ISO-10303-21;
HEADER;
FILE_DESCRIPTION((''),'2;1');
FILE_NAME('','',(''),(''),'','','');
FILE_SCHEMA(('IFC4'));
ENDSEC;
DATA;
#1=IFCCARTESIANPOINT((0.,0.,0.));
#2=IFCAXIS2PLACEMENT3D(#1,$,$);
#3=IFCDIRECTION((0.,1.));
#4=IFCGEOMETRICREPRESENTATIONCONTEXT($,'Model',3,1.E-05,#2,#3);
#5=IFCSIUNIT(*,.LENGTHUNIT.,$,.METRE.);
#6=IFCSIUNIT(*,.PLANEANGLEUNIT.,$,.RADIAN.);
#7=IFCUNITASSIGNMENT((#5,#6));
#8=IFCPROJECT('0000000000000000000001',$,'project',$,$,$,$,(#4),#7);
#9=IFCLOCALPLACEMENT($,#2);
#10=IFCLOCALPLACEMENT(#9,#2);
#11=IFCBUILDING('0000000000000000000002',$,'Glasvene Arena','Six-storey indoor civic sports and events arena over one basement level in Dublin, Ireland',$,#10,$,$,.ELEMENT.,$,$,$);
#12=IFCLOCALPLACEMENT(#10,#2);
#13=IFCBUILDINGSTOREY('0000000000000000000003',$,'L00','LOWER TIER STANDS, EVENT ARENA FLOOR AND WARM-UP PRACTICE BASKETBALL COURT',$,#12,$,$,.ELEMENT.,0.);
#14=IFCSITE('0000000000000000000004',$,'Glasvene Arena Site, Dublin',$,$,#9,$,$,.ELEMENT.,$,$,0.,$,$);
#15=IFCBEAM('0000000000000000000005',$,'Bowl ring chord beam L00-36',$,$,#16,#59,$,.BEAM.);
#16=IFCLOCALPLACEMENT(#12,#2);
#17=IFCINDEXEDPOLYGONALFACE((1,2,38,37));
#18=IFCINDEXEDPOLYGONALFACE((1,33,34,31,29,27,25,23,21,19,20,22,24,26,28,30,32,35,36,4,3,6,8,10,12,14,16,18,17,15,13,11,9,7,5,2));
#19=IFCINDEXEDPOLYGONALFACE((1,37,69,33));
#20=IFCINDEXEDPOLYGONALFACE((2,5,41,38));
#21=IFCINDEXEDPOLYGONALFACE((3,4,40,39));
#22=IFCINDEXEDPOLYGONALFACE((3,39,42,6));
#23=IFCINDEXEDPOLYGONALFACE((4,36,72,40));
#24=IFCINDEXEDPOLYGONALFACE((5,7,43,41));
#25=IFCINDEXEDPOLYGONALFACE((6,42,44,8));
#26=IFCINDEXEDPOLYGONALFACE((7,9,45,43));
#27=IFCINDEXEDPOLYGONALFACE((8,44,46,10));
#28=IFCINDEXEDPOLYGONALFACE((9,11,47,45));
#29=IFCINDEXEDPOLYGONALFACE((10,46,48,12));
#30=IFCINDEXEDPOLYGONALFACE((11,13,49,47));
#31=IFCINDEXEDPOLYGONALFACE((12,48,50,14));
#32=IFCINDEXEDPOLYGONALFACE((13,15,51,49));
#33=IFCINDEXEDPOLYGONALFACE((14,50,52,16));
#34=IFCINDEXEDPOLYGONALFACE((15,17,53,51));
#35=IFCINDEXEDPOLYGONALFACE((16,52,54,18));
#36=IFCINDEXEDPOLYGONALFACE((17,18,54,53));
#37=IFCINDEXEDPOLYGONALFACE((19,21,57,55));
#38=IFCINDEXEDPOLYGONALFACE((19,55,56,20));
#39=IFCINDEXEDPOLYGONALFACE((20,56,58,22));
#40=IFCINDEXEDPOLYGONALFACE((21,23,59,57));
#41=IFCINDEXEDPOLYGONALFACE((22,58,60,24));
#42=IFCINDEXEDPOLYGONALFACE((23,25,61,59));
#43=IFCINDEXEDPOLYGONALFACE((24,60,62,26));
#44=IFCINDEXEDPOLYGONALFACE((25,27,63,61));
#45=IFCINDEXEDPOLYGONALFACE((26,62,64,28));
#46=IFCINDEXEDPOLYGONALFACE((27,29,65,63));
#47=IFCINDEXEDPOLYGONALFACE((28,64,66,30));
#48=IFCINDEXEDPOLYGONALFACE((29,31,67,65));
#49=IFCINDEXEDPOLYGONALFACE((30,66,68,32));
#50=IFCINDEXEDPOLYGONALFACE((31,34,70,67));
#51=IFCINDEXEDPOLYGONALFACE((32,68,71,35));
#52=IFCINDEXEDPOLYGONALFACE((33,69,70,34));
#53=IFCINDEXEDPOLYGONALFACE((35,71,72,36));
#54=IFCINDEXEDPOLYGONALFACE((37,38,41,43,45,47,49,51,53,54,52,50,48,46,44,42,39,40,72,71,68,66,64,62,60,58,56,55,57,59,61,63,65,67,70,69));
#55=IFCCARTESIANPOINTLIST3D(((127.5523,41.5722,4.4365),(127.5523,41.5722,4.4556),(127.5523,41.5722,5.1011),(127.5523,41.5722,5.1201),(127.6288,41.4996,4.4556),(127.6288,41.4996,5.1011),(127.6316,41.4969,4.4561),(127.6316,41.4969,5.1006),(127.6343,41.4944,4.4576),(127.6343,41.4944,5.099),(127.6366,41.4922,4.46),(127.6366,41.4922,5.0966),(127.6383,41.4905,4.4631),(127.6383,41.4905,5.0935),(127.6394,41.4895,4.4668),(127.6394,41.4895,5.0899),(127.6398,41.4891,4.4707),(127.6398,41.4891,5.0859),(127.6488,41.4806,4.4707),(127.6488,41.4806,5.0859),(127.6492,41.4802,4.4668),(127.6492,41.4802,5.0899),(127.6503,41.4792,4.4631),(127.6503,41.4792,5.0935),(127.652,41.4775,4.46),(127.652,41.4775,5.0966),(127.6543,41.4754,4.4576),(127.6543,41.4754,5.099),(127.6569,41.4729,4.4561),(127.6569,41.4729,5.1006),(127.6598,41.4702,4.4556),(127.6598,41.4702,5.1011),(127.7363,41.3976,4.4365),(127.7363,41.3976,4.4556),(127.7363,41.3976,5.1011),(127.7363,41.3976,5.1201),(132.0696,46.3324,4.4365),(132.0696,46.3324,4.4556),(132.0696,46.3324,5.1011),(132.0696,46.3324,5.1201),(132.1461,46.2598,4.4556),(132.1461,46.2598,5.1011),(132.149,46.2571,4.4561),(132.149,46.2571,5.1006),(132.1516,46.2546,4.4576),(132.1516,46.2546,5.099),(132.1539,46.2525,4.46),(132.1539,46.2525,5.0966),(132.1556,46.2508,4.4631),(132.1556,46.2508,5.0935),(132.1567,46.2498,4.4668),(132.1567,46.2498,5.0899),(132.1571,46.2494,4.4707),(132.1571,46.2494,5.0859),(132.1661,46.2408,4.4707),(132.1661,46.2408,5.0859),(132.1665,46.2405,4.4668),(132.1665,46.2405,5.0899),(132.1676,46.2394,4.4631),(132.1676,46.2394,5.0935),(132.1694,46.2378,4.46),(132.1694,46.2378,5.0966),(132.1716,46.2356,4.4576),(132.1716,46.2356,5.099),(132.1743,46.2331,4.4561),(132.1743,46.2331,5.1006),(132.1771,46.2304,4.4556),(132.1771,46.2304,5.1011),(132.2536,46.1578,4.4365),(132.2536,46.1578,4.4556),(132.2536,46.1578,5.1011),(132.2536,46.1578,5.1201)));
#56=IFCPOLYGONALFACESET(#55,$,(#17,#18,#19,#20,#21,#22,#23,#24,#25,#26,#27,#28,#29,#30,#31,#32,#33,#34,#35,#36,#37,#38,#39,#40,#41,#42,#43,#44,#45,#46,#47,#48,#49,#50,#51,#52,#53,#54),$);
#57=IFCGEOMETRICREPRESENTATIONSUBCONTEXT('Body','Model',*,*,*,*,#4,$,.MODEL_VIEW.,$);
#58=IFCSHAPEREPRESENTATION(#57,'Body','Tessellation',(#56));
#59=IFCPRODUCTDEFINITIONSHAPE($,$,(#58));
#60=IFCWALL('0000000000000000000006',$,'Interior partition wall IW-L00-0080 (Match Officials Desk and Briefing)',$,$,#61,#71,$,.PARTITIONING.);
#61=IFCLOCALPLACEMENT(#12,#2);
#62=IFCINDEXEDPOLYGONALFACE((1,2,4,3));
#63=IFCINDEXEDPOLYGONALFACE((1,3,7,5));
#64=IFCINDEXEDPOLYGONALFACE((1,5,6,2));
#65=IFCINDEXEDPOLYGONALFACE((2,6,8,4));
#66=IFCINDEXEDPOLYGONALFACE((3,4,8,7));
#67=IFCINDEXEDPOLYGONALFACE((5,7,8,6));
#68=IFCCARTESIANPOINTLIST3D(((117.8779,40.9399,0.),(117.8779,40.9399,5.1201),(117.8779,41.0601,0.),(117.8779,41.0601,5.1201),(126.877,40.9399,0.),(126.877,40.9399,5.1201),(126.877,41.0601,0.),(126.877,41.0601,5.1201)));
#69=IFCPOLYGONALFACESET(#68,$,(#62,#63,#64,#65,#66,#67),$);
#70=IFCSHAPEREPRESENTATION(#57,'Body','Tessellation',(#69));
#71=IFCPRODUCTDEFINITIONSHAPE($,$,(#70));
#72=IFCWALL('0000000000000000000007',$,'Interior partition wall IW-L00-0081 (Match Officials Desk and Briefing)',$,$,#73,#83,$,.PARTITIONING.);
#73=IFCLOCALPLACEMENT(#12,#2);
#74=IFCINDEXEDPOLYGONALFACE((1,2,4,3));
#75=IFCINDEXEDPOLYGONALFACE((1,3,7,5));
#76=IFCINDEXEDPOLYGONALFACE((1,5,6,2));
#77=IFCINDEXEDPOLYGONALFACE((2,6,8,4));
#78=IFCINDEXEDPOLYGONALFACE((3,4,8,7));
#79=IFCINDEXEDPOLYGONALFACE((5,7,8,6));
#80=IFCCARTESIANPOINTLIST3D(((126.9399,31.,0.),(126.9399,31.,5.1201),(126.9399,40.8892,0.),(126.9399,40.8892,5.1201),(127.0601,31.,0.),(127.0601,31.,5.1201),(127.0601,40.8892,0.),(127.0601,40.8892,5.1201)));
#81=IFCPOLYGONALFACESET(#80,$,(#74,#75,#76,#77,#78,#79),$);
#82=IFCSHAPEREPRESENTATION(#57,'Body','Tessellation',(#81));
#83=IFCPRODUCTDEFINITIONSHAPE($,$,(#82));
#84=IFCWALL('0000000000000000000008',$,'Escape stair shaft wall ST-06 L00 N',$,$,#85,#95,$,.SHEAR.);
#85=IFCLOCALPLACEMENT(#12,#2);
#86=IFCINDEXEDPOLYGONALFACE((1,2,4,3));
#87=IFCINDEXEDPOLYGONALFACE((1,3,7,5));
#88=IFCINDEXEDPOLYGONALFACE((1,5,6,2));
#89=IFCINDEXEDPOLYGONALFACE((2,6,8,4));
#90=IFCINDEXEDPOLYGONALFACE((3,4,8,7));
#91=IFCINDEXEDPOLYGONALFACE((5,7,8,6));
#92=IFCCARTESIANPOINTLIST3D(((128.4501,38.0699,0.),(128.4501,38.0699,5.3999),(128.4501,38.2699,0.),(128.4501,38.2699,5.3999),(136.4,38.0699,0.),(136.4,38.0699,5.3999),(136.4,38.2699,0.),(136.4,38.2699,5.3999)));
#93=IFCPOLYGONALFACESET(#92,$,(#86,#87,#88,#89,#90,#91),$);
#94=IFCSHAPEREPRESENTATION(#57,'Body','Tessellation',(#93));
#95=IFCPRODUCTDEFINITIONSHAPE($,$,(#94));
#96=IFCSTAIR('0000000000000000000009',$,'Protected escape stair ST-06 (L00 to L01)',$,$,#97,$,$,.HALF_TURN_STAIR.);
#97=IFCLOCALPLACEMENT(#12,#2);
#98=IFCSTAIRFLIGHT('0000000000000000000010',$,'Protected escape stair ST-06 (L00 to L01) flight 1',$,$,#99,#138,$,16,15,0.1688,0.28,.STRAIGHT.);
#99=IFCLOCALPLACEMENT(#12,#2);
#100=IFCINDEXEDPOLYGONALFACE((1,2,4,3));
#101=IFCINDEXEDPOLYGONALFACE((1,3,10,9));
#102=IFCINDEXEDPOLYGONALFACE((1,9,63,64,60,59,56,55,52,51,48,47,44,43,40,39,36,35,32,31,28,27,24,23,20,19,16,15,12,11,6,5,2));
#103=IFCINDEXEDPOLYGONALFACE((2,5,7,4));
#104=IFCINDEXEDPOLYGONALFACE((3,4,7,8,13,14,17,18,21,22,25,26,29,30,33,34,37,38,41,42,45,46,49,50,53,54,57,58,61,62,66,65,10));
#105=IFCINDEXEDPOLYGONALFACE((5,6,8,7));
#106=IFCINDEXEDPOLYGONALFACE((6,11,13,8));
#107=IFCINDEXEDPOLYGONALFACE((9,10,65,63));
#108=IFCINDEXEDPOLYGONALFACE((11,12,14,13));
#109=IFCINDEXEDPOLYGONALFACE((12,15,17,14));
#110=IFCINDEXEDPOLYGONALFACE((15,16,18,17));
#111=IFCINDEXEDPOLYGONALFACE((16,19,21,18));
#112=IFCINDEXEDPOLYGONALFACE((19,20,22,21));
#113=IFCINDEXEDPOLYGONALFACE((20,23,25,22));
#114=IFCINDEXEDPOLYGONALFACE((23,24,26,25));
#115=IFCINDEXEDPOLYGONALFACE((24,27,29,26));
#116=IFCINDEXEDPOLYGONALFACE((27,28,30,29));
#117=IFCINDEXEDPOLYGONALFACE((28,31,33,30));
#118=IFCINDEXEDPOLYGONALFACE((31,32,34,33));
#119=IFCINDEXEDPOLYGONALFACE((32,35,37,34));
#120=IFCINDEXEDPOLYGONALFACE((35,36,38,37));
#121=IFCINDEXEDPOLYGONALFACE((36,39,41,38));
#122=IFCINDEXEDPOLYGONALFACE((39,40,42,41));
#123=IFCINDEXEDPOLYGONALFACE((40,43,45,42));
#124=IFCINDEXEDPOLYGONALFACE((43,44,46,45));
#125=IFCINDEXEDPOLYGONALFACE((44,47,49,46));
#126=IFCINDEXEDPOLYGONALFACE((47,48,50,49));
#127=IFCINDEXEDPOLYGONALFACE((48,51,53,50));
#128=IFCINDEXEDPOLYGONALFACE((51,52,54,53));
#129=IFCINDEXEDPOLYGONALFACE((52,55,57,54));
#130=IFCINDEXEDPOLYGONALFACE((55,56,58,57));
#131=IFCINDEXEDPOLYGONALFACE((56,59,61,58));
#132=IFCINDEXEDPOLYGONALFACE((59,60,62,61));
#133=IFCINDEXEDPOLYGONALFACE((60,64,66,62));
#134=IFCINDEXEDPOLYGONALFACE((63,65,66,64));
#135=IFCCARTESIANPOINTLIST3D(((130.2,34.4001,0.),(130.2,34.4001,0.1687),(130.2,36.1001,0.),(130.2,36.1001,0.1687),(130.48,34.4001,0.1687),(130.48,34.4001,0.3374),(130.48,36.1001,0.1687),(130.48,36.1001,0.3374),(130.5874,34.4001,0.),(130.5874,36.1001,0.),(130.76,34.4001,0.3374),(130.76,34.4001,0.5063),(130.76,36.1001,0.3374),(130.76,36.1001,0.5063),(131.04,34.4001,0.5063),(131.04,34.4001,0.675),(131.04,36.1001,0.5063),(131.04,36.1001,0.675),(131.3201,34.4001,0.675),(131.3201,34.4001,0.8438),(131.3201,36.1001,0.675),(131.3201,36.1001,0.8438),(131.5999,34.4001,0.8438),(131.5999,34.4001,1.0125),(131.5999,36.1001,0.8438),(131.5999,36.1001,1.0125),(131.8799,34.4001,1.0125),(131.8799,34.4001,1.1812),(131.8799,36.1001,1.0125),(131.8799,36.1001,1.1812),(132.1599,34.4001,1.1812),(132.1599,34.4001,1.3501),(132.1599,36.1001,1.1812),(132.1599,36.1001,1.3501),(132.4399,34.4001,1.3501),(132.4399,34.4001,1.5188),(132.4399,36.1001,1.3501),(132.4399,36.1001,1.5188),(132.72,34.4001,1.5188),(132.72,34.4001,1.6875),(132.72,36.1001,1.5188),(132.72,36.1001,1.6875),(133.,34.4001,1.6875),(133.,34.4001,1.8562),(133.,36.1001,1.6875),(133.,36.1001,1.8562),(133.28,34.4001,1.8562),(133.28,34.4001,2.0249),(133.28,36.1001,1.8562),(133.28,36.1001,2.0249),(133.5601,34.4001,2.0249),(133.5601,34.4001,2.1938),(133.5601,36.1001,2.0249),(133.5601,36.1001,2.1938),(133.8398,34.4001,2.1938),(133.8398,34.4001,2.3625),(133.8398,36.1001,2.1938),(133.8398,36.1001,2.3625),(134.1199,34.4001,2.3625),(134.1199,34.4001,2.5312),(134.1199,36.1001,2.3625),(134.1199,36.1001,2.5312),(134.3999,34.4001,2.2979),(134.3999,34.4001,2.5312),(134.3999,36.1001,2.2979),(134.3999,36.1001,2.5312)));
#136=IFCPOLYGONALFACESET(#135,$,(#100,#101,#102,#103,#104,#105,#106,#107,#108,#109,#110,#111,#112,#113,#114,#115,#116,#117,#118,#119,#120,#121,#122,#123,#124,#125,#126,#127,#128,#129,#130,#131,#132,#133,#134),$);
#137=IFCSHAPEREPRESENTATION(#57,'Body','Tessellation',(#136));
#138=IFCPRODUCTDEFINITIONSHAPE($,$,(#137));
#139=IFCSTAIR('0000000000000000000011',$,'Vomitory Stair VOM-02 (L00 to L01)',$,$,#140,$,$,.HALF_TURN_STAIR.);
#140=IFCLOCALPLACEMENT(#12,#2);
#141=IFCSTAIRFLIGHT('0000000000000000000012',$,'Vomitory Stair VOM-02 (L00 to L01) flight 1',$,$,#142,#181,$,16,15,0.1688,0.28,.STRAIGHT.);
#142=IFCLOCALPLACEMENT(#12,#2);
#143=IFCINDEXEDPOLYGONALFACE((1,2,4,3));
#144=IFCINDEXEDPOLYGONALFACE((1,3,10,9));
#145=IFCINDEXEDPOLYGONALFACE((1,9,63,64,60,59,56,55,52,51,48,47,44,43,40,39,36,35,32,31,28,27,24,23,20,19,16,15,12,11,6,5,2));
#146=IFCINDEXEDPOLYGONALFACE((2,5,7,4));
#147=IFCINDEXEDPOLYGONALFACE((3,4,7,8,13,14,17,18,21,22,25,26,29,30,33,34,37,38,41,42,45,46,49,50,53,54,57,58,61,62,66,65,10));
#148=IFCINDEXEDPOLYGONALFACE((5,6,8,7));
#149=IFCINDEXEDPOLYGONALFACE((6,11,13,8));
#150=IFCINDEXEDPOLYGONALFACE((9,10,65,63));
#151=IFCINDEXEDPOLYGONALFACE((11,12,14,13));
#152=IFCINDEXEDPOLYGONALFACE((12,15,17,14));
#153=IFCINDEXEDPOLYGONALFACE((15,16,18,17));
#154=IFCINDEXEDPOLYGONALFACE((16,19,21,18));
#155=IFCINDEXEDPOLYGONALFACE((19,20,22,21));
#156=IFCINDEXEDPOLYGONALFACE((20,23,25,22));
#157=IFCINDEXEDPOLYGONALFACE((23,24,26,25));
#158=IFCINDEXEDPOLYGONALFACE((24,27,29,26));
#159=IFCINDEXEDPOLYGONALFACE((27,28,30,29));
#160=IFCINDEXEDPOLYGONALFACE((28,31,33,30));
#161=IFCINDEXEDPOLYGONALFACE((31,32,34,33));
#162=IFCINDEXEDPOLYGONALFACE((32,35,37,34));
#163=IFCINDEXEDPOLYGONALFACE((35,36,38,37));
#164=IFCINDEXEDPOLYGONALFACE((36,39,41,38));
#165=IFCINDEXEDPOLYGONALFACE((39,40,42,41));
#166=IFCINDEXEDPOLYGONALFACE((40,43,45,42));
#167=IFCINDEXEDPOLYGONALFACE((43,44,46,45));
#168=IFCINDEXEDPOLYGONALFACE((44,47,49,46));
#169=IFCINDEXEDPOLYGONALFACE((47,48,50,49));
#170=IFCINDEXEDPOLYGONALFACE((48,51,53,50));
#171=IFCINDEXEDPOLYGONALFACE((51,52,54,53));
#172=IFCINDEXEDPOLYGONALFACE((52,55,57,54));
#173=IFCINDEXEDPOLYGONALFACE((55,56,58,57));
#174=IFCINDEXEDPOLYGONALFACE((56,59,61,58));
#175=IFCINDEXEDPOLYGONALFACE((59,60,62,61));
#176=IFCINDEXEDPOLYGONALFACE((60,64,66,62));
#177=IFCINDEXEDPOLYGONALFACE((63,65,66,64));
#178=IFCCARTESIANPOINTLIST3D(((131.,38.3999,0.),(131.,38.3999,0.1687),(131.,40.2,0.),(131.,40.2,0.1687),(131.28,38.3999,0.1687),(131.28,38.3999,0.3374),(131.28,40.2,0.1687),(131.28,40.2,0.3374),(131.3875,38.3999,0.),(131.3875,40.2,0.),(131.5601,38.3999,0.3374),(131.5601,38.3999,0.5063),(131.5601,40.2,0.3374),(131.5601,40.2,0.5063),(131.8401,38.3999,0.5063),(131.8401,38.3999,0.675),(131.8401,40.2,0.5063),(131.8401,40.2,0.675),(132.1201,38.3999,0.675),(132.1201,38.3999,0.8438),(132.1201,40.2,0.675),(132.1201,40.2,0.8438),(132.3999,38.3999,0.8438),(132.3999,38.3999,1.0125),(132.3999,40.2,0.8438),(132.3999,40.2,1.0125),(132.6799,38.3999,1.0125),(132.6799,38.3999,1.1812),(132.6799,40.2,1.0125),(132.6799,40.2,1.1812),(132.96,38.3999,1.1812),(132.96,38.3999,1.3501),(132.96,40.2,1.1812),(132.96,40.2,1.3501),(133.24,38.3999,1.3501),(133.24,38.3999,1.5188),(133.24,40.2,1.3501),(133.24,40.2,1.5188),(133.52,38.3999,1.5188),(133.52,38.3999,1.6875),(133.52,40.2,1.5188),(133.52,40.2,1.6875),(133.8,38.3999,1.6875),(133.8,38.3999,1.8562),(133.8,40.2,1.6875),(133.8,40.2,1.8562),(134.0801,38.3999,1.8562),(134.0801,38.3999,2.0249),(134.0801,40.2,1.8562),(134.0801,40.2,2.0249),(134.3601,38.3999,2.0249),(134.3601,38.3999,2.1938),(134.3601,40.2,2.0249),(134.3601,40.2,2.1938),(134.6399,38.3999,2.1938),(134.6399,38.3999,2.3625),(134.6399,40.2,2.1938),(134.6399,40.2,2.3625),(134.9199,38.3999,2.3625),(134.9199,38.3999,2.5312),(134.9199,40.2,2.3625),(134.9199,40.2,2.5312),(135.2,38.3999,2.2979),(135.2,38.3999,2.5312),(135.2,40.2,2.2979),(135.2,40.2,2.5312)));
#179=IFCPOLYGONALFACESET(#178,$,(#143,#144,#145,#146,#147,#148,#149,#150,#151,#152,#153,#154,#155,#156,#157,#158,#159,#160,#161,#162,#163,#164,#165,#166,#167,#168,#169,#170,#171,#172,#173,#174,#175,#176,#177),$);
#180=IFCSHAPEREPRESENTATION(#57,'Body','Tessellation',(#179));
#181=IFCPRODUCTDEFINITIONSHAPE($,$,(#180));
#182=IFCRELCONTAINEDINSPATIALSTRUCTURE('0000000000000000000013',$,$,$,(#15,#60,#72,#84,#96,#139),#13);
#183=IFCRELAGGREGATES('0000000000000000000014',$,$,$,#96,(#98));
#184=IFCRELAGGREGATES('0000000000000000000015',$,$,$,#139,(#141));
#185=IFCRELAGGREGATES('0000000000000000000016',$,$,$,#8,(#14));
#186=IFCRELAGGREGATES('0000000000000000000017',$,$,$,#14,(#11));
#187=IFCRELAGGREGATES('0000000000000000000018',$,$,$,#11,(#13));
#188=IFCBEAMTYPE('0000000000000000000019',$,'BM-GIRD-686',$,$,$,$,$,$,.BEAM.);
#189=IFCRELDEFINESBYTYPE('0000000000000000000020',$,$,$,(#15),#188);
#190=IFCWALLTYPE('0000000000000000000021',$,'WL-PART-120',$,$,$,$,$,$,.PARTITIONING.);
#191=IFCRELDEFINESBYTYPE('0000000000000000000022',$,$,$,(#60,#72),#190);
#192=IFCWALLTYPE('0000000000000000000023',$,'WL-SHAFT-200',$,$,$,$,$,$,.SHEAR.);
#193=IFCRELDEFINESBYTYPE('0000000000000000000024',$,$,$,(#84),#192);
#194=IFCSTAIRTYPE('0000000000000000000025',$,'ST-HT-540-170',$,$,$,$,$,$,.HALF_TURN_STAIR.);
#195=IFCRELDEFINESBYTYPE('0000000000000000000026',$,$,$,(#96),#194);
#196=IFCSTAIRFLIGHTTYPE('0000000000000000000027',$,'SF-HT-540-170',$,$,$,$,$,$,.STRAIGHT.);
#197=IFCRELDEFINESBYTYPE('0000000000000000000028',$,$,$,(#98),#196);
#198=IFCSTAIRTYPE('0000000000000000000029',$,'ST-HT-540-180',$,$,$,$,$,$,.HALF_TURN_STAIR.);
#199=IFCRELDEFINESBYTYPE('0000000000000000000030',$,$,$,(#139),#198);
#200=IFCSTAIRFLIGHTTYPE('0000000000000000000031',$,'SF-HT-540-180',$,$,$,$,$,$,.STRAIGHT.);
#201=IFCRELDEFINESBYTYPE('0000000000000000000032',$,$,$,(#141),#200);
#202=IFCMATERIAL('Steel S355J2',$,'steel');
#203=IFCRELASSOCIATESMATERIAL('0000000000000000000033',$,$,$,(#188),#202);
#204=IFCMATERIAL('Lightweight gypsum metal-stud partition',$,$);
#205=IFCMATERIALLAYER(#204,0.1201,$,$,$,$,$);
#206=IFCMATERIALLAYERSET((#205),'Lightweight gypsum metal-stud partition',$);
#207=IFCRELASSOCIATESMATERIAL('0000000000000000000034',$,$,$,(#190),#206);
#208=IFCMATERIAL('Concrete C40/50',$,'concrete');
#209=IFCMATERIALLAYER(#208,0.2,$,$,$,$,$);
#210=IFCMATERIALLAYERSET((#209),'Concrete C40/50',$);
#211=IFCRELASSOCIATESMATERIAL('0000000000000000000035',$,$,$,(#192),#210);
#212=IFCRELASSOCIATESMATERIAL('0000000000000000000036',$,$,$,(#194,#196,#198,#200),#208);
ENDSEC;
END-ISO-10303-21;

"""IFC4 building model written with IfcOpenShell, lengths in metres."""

from ifc_helpers import new_model, si_unit, direction, frame, frame_2d, origin, origin_2d, place, context, subcontext, project, spatial, polyline, rectangle, i_section, outline, extrude, material, layer, layer_set, material_profile, profile_set, type_object, element, aggregate, save


model = new_model("IFC4")

# Units and contexts
model_context = context("Model", 3, precision=1e-05, world=origin(), true_north=direction((0.0, 1.0)))
body_context = subcontext(model_context, "Body", "Model", "MODEL_VIEW")
ifc_project = project(units=[si_unit("LENGTHUNIT", "METRE"), si_unit("PLANEANGLEUNIT", "RADIAN")], contexts=[model_context])

# Site, building, storey
site_placement = place(None, origin())
site = spatial("IfcSite", under=ifc_project, at=site_placement, Name="Glasvene Arena Site, Dublin", CompositionType="ELEMENT", RefElevation=0.0)
building_placement = place(site_placement, origin())
building = spatial("IfcBuilding", under=site, at=building_placement, Name="Glasvene Arena", Description="Six-storey indoor civic sports and events arena over one basement level in Dublin, Ireland", CompositionType="ELEMENT")
storey_placement = place(building_placement, origin())
storey = spatial("IfcBuildingStorey", under=building, at=storey_placement, Name="L00", Description="LOWER TIER STANDS, EVENT ARENA FLOOR AND WARM-UP PRACTICE BASKETBALL COURT", CompositionType="ELEMENT", Elevation=0.0)

# Shared definitions
ifc_material_1 = material(Name="Concrete C40/50", Category="concrete")
ifc_material_2 = material(Name="Steel S355J2", Category="steel")

# Beam
ifc_material_profile_1 = material_profile(ifc_material_2, i_section(OverallWidth=0.2537, OverallDepth=0.6836, WebThickness=0.0125, FlangeThickness=0.019, FilletRadius=0.0151, at=origin_2d()), Name="UKB 686x254x140")
ifc_profile_set_1 = profile_set([ifc_material_profile_1], Name="Steel S355J2")
beam_type = type_object("IfcBeamType", Name="BM-GIRD-686", PredefinedType="BEAM", material=ifc_profile_set_1)
beam_1_placement = place(storey_placement, frame((127.6443, 41.4849, 4.7783), z_axis=(0.688356, 0.725373, 0.0), x_axis=(-0.725373, 0.688356, 0.0)))
element("IfcBeam", 1, at=beam_1_placement, inside=storey, type_object=beam_type, Name="Bowl ring chord beam L00-36", PredefinedType="BEAM", context=body_context, shape_type="SweptSolid", body=[
    extrude(i_section(OverallWidth=0.2537, OverallDepth=0.6836, WebThickness=0.0125, FlangeThickness=0.019, FilletRadius=0.0151, at=origin_2d()), origin(), (0.0, 0.0, 1.0), 6.5625),
])

# Walls
ifc_material_3 = material(Name="Lightweight gypsum metal-stud partition")
ifc_layer_1 = layer(ifc_material_3, 0.1201)
ifc_layer_set_1 = layer_set([ifc_layer_1], Name="Lightweight gypsum metal-stud partition")
wall_type_1 = type_object("IfcWallType", Name="WL-PART-120", PredefinedType="PARTITIONING", material=ifc_layer_set_1)
wall_1_placement = place(storey_placement, frame((117.8779, 41.0, 0.0), z_axis=(0.0, 0.0, 1.0), x_axis=(1.0, 0.0, 0.0)))
element("IfcWall", 2, at=wall_1_placement, inside=storey, type_object=wall_type_1, Name="Interior partition wall IW-L00-0080 (Match Officials Desk and Briefing)", PredefinedType="PARTITIONING", context=body_context, shape_type="SweptSolid", body=[
    extrude(rectangle(XDim=8.999, YDim=0.1201, at=frame_2d((4.4995, 0.0))), origin(), (0.0, 0.0, 1.0), 5.1201),
])
wall_2_placement = place(storey_placement, frame((127.0, 40.8892, 0.0), z_axis=(0.0, 0.0, 1.0), x_axis=(0.0, -1.0, 0.0)))
element("IfcWall", 3, at=wall_2_placement, inside=storey, type_object=wall_type_1, Name="Interior partition wall IW-L00-0081 (Match Officials Desk and Briefing)", PredefinedType="PARTITIONING", context=body_context, shape_type="SweptSolid", body=[
    extrude(rectangle(XDim=9.8892, YDim=0.1201, at=frame_2d((4.9446, 0.0))), origin(), (0.0, 0.0, 1.0), 5.1201),
])

# Shared definitions
ifc_layer_2 = layer(ifc_material_1, 0.2)
ifc_layer_set_2 = layer_set([ifc_layer_2], Name="Concrete C40/50")
wall_type_2 = type_object("IfcWallType", Name="WL-SHAFT-200", PredefinedType="SHEAR", material=ifc_layer_set_2)

# Wall
wall_3_placement = place(storey_placement, frame((128.45, 38.1699, 0.0), z_axis=(0.0, 0.0, 1.0), x_axis=(1.0, 0.0, 0.0)))
element("IfcWall", 4, at=wall_3_placement, inside=storey, type_object=wall_type_2, Name="Escape stair shaft wall ST-06 L00 N", PredefinedType="SHEAR", context=body_context, shape_type="SweptSolid", body=[
    extrude(rectangle(XDim=7.95, YDim=0.2, at=frame_2d((3.9751, 0.0))), origin(), (0.0, 0.0, 1.0), 5.3999),
])

# Stairs, stair flights
stair_type_1 = type_object("IfcStairType", Name="ST-HT-540-170", PredefinedType="HALF_TURN_STAIR", material=ifc_material_1)
stair_1_placement = place(storey_placement, origin())
stair_1 = element("IfcStair", 5, at=stair_1_placement, inside=storey, type_object=stair_type_1, Name="Protected escape stair ST-06 (L00 to L01)", PredefinedType="HALF_TURN_STAIR")
stair_flight_type_1 = type_object("IfcStairFlightType", Name="SF-HT-540-170", PredefinedType="STRAIGHT", material=ifc_material_1)
stair_flight_1_placement = place(storey_placement, frame((130.2, 35.25, 0.0), z_axis=(0.0, 0.0, 1.0), x_axis=(1.0, 0.0, 0.0)))
stair_flight_1 = element("IfcStairFlight", 6, at=stair_flight_1_placement, type_object=stair_flight_type_1, Name="Protected escape stair ST-06 (L00 to L01) flight 1", NumberOfRisers=16, NumberOfTreads=15, PredefinedType="STRAIGHT", RiserHeight=0.1688, TreadLength=0.28, context=body_context, shape_type="SweptSolid", body=[
    extrude(outline(polyline([(0.0, 0.0), (0.0, 0.1687), (0.28, 0.1687), (0.28, 0.3374), (0.5601, 0.3374), (0.5601, 0.5063), (0.8401, 0.5063), (0.8401, 0.675), (1.1201, 0.675), (1.1201, 0.8438), (1.3999, 0.8438), (1.3999, 1.0125), (1.6799, 1.0125), (1.6799, 1.1812), (1.96, 1.1812), (1.96, 1.3501), (2.24, 1.3501), (2.24, 1.5188), (2.52, 1.5188), (2.52, 1.6875), (2.8, 1.6875), (2.8, 1.8562), (3.0801, 1.8562), (3.0801, 2.0249), (3.3601, 2.0249), (3.3601, 2.1938), (3.6399, 2.1938), (3.6399, 2.3625), (3.9199, 2.3625), (3.9199, 2.5312), (4.2, 2.5312), (4.2, 2.7), (4.2, 2.2979), (0.3875, 0.0), (0.0, 0.0)])), frame((0.0, 0.8501, 0.0), z_axis=(0.0, -1.0, 0.0), x_axis=(1.0, 0.0, 0.0)), (0.0, 0.0, 1.0), 1.7),
])
aggregate(stair_1, [stair_flight_1])
stair_type_2 = type_object("IfcStairType", Name="ST-HT-540-180", PredefinedType="HALF_TURN_STAIR", material=ifc_material_1)
stair_2_placement = place(storey_placement, origin())
stair_2 = element("IfcStair", 7, at=stair_2_placement, inside=storey, type_object=stair_type_2, Name="Vomitory Stair VOM-02 (L00 to L01)", PredefinedType="HALF_TURN_STAIR")
stair_flight_type_2 = type_object("IfcStairFlightType", Name="SF-HT-540-180", PredefinedType="STRAIGHT", material=ifc_material_1)
stair_flight_2_placement = place(storey_placement, frame((131.0, 39.3, 0.0), z_axis=(0.0, 0.0, 1.0), x_axis=(1.0, 0.0, 0.0)))
stair_flight_2 = element("IfcStairFlight", 8, at=stair_flight_2_placement, type_object=stair_flight_type_2, Name="Vomitory Stair VOM-02 (L00 to L01) flight 1", NumberOfRisers=16, NumberOfTreads=15, PredefinedType="STRAIGHT", RiserHeight=0.1688, TreadLength=0.28, context=body_context, shape_type="SweptSolid", body=[
    extrude(outline(polyline([(0.0, 0.0), (0.0, 0.1687), (0.28, 0.1687), (0.28, 0.3374), (0.5601, 0.3374), (0.5601, 0.5063), (0.8401, 0.5063), (0.8401, 0.675), (1.1201, 0.675), (1.1201, 0.8438), (1.3999, 0.8438), (1.3999, 1.0125), (1.6799, 1.0125), (1.6799, 1.1812), (1.96, 1.1812), (1.96, 1.3501), (2.24, 1.3501), (2.24, 1.5188), (2.52, 1.5188), (2.52, 1.6875), (2.8, 1.6875), (2.8, 1.8562), (3.0801, 1.8562), (3.0801, 2.0249), (3.3601, 2.0249), (3.3601, 2.1938), (3.6399, 2.1938), (3.6399, 2.3625), (3.9199, 2.3625), (3.9199, 2.5312), (4.2, 2.5312), (4.2, 2.7), (4.2, 2.2979), (0.3875, 0.0), (0.0, 0.0)])), frame((0.0, 0.8999, 0.0), z_axis=(0.0, -1.0, 0.0), x_axis=(1.0, 0.0, 0.0)), (0.0, 0.0, 1.0), 1.8),
])
aggregate(stair_2, [stair_flight_2])

save(model, "model.ifc")
